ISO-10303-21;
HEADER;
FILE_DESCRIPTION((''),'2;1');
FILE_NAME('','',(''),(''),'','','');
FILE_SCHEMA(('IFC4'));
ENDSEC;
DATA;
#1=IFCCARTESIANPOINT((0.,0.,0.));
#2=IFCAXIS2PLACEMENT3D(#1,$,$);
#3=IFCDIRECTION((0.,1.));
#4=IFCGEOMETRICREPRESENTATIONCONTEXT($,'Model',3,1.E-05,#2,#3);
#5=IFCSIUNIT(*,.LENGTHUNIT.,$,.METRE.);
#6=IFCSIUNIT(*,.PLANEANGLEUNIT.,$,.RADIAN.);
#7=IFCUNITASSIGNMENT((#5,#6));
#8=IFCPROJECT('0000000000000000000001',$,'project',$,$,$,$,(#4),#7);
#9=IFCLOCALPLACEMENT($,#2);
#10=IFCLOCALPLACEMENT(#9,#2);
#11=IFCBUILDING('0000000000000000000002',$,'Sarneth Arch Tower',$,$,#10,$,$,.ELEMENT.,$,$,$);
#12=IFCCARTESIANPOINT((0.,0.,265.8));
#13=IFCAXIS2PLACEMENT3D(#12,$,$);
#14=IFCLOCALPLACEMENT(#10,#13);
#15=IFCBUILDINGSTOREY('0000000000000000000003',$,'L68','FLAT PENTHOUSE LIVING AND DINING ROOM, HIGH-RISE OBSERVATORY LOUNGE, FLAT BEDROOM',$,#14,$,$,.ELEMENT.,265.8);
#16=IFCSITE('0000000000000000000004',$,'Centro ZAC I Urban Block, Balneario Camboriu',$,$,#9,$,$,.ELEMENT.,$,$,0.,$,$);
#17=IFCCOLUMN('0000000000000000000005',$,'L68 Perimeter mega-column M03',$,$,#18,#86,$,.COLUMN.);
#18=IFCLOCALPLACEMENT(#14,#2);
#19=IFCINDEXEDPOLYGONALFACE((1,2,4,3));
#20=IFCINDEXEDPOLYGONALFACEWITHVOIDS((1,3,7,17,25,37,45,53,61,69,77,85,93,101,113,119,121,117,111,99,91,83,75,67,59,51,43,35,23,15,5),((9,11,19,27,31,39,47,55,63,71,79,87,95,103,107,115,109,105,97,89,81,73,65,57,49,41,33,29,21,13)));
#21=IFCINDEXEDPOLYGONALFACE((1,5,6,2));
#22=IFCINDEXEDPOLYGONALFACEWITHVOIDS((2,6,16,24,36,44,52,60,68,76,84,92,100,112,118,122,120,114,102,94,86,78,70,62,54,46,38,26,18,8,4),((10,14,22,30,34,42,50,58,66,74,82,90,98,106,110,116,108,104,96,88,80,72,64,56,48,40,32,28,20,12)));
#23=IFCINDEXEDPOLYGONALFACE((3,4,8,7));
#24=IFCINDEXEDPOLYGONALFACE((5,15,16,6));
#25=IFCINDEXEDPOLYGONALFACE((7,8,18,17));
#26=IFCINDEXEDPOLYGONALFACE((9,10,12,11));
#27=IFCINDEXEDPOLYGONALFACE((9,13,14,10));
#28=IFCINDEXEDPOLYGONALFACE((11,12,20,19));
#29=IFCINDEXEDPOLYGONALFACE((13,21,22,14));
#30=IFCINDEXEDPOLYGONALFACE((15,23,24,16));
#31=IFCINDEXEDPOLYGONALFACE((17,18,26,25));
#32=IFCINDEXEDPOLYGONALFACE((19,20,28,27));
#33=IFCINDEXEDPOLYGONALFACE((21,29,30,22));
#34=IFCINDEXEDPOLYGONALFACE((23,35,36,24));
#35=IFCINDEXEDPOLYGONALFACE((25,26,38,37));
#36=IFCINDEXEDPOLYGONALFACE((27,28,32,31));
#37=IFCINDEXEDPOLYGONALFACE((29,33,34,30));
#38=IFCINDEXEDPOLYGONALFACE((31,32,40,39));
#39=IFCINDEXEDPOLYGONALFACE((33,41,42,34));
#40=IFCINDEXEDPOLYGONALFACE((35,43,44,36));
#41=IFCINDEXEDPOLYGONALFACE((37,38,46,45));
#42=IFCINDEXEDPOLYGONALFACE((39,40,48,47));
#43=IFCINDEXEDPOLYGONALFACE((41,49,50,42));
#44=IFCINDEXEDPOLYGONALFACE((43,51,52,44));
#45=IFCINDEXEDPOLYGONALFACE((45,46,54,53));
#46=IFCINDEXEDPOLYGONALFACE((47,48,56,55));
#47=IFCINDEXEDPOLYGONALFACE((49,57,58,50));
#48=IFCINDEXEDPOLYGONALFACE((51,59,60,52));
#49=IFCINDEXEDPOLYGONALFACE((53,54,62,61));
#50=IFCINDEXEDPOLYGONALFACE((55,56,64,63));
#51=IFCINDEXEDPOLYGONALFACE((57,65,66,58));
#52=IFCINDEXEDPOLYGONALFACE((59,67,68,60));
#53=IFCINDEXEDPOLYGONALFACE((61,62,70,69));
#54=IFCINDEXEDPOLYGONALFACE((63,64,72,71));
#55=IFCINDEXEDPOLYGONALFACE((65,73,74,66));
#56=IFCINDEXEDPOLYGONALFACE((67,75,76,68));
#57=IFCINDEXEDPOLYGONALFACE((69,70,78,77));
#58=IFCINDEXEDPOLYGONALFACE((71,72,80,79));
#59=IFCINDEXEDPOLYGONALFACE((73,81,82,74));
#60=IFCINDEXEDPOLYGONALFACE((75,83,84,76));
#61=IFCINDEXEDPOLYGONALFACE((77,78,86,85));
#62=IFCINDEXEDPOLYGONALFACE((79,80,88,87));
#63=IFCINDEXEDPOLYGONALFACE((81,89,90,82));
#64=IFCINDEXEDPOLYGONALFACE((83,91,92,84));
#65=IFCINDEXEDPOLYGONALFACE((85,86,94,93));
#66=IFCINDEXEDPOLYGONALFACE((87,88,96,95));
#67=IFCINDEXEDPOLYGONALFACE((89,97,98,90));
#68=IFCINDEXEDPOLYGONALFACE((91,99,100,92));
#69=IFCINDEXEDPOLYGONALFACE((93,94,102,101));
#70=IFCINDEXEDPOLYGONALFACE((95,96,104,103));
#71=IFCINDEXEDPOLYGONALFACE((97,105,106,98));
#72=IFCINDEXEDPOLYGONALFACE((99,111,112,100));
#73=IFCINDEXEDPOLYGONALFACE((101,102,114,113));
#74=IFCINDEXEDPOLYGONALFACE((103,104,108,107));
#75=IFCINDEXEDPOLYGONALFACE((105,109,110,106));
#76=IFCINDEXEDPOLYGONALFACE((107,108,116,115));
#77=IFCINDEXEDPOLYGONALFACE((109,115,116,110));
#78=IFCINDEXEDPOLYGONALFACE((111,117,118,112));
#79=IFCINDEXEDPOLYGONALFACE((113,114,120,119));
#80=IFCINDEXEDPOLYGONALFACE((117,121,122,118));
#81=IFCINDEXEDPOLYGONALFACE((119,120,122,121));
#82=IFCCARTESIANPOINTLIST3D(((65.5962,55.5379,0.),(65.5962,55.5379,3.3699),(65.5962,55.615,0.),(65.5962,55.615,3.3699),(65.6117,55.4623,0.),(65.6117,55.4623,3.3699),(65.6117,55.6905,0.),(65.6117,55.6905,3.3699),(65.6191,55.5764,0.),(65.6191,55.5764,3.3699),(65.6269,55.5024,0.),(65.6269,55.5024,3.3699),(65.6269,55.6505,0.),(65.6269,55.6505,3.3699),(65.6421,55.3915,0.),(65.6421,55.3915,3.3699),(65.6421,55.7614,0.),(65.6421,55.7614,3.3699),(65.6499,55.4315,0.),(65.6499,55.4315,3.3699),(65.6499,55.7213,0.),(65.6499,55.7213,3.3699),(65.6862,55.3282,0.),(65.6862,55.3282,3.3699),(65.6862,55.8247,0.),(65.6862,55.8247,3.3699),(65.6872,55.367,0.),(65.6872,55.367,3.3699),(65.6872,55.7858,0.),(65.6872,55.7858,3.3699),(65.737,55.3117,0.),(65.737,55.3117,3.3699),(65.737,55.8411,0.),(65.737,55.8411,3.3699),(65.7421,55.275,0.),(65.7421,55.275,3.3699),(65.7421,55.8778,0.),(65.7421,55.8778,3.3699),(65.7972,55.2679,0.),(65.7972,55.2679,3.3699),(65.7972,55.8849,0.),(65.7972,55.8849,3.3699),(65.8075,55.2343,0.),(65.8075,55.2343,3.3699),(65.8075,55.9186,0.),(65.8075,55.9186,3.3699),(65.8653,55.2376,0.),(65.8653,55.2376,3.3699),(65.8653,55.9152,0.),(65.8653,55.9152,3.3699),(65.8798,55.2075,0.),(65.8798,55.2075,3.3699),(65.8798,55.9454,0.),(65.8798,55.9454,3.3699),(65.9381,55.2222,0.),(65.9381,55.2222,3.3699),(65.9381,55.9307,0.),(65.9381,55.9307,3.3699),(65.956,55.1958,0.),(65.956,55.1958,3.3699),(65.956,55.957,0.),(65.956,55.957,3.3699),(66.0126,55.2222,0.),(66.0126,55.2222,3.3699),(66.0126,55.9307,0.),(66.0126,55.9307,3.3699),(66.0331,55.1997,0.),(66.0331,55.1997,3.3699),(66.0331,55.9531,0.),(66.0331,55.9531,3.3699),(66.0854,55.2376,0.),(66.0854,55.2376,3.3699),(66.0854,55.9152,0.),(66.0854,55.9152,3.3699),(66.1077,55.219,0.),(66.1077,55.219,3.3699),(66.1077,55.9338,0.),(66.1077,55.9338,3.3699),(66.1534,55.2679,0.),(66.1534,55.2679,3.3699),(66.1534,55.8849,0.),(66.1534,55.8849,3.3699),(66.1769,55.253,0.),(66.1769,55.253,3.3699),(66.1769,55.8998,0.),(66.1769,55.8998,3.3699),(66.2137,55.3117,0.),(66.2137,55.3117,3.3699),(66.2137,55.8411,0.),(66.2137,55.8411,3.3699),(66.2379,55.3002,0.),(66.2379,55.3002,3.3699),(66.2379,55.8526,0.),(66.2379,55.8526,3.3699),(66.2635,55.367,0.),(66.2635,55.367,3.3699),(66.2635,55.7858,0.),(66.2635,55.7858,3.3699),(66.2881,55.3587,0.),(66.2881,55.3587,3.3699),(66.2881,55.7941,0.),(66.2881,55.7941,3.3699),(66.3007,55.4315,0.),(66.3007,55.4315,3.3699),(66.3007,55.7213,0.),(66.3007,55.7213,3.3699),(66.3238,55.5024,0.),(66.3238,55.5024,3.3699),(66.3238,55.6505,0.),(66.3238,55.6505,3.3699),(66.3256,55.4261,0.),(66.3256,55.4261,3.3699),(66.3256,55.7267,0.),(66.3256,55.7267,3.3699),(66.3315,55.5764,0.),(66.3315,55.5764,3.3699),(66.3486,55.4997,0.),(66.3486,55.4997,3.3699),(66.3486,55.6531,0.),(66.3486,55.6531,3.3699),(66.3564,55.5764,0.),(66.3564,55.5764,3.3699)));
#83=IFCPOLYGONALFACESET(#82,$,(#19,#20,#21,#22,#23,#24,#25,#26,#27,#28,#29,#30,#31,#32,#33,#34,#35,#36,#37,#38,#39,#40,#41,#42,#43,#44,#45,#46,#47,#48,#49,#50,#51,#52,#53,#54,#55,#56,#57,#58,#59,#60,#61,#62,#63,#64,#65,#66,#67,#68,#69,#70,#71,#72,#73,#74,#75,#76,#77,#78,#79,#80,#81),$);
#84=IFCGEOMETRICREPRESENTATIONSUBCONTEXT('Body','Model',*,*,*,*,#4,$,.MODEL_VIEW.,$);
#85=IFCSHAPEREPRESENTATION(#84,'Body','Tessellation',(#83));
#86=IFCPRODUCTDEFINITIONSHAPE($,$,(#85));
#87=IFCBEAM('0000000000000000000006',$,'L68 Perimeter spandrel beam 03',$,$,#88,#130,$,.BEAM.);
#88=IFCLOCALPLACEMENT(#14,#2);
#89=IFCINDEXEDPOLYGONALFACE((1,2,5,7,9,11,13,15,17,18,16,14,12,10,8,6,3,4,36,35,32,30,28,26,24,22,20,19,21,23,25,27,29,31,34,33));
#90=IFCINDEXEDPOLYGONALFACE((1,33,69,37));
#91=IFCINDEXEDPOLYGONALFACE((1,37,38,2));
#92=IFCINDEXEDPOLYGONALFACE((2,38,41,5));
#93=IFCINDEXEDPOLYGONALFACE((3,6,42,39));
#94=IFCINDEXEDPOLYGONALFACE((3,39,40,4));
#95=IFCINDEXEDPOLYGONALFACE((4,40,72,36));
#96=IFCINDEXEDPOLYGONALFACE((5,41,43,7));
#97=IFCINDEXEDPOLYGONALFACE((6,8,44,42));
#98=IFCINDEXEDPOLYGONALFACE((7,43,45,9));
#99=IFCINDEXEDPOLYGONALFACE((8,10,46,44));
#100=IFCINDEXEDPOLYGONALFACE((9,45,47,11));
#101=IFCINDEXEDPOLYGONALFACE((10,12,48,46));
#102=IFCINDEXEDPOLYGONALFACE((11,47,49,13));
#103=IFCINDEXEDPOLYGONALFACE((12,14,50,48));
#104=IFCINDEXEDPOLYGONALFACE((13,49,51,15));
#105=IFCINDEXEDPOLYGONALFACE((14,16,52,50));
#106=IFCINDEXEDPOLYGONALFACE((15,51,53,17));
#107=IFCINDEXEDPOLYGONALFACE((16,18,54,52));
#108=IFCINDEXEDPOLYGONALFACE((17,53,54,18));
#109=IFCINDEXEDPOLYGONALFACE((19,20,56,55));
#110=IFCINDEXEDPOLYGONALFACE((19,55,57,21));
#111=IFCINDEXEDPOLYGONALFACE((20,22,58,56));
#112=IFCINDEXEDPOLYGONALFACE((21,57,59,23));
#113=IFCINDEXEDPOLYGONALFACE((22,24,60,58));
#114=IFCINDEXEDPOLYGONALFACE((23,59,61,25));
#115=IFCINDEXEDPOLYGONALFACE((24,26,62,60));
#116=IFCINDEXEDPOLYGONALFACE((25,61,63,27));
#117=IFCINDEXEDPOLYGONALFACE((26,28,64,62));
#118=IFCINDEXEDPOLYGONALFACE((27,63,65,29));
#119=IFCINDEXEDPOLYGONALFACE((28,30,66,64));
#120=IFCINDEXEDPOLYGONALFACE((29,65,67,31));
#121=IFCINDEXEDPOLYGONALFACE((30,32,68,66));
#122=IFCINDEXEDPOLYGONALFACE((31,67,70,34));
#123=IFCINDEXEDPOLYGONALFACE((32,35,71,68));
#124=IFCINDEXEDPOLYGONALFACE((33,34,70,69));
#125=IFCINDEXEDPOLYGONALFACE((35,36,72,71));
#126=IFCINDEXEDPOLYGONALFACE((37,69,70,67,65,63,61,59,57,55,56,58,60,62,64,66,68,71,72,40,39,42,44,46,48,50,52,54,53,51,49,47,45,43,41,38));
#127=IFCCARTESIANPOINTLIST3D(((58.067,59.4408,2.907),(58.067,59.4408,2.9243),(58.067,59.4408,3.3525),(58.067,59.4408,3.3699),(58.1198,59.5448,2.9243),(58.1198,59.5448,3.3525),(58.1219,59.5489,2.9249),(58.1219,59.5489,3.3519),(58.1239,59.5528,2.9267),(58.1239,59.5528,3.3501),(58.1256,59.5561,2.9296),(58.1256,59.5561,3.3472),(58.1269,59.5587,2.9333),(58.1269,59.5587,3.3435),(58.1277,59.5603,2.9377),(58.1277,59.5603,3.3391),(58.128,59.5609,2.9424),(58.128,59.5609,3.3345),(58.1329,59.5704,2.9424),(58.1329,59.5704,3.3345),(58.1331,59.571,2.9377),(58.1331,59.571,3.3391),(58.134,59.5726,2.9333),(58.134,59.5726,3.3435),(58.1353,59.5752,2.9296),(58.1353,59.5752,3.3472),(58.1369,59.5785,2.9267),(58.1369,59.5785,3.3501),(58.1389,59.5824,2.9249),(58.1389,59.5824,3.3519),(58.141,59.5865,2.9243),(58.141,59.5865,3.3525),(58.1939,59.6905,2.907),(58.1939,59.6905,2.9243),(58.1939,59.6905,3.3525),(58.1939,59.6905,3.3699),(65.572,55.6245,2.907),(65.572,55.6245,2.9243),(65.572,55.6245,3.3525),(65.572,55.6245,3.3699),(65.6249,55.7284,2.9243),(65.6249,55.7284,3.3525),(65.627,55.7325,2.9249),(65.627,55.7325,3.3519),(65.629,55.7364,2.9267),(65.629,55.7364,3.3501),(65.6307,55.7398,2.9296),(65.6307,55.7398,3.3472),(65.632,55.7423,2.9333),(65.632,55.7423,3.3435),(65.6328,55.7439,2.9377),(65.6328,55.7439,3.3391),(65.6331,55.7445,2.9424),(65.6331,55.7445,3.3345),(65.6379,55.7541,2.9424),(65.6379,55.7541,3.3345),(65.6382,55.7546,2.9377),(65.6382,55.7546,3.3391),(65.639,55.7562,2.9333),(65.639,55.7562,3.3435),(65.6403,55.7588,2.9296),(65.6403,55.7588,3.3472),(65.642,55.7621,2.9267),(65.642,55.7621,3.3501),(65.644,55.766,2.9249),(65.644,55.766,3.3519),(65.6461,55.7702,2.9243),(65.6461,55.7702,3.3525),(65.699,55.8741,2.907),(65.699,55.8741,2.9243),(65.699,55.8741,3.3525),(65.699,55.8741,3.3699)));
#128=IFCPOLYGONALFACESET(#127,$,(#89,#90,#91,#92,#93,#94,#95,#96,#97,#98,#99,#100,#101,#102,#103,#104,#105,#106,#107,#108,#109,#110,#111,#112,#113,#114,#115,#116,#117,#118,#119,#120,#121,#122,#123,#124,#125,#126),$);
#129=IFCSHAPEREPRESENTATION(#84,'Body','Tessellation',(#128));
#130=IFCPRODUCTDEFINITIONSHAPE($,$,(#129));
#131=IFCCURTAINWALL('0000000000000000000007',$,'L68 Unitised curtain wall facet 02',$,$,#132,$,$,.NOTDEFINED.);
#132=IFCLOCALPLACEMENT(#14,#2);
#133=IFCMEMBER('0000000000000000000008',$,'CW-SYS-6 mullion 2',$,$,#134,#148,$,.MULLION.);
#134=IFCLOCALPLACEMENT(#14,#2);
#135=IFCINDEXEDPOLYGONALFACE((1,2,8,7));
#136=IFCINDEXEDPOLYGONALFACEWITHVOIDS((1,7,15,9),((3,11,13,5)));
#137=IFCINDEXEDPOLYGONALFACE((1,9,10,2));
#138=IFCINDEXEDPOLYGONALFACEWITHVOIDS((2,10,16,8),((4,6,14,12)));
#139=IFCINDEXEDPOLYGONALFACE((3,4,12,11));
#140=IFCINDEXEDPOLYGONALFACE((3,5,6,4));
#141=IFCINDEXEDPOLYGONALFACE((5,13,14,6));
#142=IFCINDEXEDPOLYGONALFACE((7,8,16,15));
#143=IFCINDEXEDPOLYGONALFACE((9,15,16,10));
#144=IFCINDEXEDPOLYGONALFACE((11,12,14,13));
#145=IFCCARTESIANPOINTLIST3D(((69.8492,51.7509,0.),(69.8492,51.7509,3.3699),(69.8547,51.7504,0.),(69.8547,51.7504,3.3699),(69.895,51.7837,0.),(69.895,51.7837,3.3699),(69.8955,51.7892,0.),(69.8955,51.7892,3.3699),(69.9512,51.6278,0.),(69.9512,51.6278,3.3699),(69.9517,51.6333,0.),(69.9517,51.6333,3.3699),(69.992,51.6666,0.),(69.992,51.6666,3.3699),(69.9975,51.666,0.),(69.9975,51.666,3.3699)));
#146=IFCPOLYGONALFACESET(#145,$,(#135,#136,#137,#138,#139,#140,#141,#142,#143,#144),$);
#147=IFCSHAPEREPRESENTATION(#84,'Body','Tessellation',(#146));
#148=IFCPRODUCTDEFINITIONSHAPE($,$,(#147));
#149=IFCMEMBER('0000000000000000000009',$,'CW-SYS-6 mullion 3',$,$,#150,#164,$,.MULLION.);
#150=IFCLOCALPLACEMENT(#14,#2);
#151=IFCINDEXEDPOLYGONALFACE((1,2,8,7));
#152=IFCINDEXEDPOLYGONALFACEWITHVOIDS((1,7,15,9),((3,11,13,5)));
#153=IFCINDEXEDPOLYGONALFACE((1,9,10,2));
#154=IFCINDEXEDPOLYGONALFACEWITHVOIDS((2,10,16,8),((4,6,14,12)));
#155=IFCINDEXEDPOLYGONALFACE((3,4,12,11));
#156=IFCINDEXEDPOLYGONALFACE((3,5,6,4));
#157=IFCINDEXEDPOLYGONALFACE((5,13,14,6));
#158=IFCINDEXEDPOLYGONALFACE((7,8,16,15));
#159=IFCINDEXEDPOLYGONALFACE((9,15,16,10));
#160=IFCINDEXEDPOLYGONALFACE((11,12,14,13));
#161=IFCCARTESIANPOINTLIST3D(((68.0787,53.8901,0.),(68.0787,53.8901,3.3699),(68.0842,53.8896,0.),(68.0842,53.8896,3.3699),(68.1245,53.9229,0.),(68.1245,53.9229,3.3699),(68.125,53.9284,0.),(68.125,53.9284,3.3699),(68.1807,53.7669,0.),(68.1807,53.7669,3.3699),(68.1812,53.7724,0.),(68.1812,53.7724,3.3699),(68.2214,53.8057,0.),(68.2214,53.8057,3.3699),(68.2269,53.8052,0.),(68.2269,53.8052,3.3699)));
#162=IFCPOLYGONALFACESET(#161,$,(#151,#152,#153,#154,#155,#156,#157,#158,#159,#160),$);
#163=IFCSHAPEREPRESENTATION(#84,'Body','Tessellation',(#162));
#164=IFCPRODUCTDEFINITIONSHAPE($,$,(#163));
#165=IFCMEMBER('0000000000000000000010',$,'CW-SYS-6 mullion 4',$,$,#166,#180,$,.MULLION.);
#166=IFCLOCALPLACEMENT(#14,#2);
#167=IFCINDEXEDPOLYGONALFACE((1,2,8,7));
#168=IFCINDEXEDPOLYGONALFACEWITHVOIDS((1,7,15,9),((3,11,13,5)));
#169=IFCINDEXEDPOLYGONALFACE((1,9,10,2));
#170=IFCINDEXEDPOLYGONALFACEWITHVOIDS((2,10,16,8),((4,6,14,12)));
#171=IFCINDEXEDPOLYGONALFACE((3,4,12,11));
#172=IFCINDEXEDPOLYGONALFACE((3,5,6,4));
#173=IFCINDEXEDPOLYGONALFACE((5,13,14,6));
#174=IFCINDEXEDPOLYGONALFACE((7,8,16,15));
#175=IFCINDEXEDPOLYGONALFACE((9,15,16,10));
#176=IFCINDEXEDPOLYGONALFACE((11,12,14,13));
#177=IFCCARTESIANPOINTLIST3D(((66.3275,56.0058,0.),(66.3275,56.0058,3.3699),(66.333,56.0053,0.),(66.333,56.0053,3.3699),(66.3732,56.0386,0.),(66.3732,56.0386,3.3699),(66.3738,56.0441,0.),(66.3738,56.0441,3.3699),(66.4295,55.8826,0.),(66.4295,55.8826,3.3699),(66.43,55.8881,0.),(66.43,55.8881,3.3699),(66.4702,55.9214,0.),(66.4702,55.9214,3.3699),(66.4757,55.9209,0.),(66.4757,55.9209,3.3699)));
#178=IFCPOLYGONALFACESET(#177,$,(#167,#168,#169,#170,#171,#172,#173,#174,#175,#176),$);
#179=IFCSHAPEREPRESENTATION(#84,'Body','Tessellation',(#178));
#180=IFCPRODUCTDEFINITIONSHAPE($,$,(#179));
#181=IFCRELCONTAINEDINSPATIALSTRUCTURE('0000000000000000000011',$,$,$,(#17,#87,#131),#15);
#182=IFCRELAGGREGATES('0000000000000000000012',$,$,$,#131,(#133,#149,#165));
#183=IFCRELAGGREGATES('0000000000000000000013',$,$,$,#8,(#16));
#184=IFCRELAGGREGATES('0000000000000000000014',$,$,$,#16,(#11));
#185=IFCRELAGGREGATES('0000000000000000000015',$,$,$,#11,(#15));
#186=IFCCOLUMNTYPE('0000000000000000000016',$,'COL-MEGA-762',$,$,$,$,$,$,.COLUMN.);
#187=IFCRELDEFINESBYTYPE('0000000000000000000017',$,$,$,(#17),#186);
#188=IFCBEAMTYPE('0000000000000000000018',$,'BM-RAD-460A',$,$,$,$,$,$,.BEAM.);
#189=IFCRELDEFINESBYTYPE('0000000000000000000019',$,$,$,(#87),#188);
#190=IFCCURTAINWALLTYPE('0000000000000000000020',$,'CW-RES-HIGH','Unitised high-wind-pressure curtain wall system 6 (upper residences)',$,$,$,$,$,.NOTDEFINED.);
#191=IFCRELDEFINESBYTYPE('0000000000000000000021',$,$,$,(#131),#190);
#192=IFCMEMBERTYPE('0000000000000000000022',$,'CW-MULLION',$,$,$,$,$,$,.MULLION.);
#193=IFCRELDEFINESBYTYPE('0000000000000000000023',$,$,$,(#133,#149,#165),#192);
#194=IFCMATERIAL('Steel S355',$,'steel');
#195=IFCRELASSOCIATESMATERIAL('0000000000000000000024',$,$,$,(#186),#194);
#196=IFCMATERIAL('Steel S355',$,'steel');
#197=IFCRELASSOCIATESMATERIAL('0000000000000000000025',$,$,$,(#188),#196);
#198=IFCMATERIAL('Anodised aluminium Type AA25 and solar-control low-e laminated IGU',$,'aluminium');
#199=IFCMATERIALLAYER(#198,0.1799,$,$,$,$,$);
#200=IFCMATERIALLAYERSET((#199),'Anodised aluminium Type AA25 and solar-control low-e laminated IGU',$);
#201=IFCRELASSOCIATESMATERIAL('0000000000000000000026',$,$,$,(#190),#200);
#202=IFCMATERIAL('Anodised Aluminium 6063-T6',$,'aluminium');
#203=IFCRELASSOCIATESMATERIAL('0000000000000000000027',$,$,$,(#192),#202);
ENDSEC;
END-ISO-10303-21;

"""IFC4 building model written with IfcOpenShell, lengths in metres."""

from ifc_helpers import new_model, si_unit, direction, frame, origin, origin_2d, place, context, subcontext, project, spatial, hollow_rectangle, hollow_circle, i_section, extrude, material, layer, layer_set, material_profile, profile_set, type_object, element, aggregate, save


model = new_model("IFC4")

# Units and contexts
model_context = context("Model", 3, precision=1e-05, world=origin(), true_north=direction((0.0, 1.0)))
body_context = subcontext(model_context, "Body", "Model", "MODEL_VIEW")
ifc_project = project(units=[si_unit("LENGTHUNIT", "METRE"), si_unit("PLANEANGLEUNIT", "RADIAN")], contexts=[model_context])

# Site, building, storey
site_placement = place(None, origin())
site = spatial("IfcSite", under=ifc_project, at=site_placement, Name="Centro ZAC I Urban Block, Balneario Camboriu", CompositionType="ELEMENT", RefElevation=0.0)
building_placement = place(site_placement, origin())
building = spatial("IfcBuilding", under=site, at=building_placement, Name="Sarneth Arch Tower", CompositionType="ELEMENT")
storey_placement = place(building_placement, frame((0.0, 0.0, 265.8)))
storey = spatial("IfcBuildingStorey", under=building, at=storey_placement, Name="L68", Description="FLAT PENTHOUSE LIVING AND DINING ROOM, HIGH-RISE OBSERVATORY LOUNGE, FLAT BEDROOM", CompositionType="ELEMENT", Elevation=265.8)

# Column
ifc_material_1 = material(Name="Steel S355", Category="steel")
ifc_material_profile_1 = material_profile(ifc_material_1, hollow_circle(Radius=0.3811, WallThickness=0.0249, at=origin_2d()), Name="CHS762x25")
ifc_profile_set_1 = profile_set([ifc_material_profile_1], Name="Steel S355")
column_type = type_object("IfcColumnType", Name="COL-MEGA-762", PredefinedType="COLUMN", material=ifc_profile_set_1)
column_placement = place(storey_placement, frame((65.9753, 55.5764, 0.0), z_axis=(0.0, 0.0, 1.0), x_axis=(1.0, 0.0, 0.0)))
element("IfcColumn", 1, at=column_placement, inside=storey, type_object=column_type, Name="L68 Perimeter mega-column M03", PredefinedType="COLUMN", context=body_context, shape_type="SweptSolid", body=[
    extrude(hollow_circle(Radius=0.3811, WallThickness=0.0249, at=origin_2d()), origin(), (0.0, 0.0, 1.0), 3.3699),
])

# Beam
ifc_material_2 = material(Name="Steel S355", Category="steel")
ifc_material_profile_2 = material_profile(ifc_material_2, i_section(OverallWidth=0.28, OverallDepth=0.4629, WebThickness=0.0107, FlangeThickness=0.0173, FilletRadius=0.0181, at=origin_2d()), Name="W460x113")
ifc_profile_set_2 = profile_set([ifc_material_profile_2], Name="Steel S355")
beam_type = type_object("IfcBeamType", Name="BM-RAD-460A", PredefinedType="BEAM", material=ifc_profile_set_2)
beam_placement = place(storey_placement, frame((65.6355, 55.7493, 3.1384), z_axis=(-0.891374, 0.453269, 0.0), x_axis=(-0.453269, -0.891374, 0.0)))
element("IfcBeam", 2, at=beam_placement, inside=storey, type_object=beam_type, Name="L68 Perimeter spandrel beam 03", PredefinedType="BEAM", context=body_context, shape_type="SweptSolid", body=[
    extrude(i_section(OverallWidth=0.28, OverallDepth=0.4629, WebThickness=0.0107, FlangeThickness=0.0173, FilletRadius=0.0181, at=origin_2d()), origin(), (0.0, 0.0, 1.0), 8.4197),
])

# Curtain wall, members
ifc_material_3 = material(Name="Anodised aluminium Type AA25 and solar-control low-e laminated IGU", Category="aluminium")
ifc_layer_1 = layer(ifc_material_3, 0.1799)
ifc_layer_set_1 = layer_set([ifc_layer_1], Name="Anodised aluminium Type AA25 and solar-control low-e laminated IGU")
curtain_wall_type = type_object("IfcCurtainWallType", Name="CW-RES-HIGH", Description="Unitised high-wind-pressure curtain wall system 6 (upper residences)", PredefinedType="NOTDEFINED", material=ifc_layer_set_1)
curtain_wall_placement = place(storey_placement, origin())
curtain_wall = element("IfcCurtainWall", 3, at=curtain_wall_placement, inside=storey, type_object=curtain_wall_type, Name="L68 Unitised curtain wall facet 02", PredefinedType="NOTDEFINED")
ifc_material_4 = material(Name="Anodised Aluminium 6063-T6", Category="aluminium")
ifc_material_profile_3 = material_profile(ifc_material_4, hollow_rectangle(XDim=0.0601, YDim=0.1599, WallThickness=0.0039, at=origin_2d()), Name="AL-MULL-160x60x4")
ifc_profile_set_3 = profile_set([ifc_material_profile_3], Name="Anodised Aluminium 6063-T6")
member_type_1 = type_object("IfcMemberType", Name="CW-MULLION", PredefinedType="MULLION", material=ifc_profile_set_3)
member_1_placement = place(storey_placement, frame((69.9233, 51.7085, 0.0), z_axis=(0.0, 0.0, 1.0), x_axis=(-0.770359, -0.63761, 0.0)))
member_1 = element("IfcMember", 4, at=member_1_placement, type_object=member_type_1, Name="CW-SYS-6 mullion 2", PredefinedType="MULLION", context=body_context, shape_type="SweptSolid", body=[
    extrude(hollow_rectangle(XDim=0.0601, YDim=0.1599, WallThickness=0.0039, at=origin_2d()), origin(), (0.0, 0.0, 1.0), 3.3699),
])
member_2_placement = place(storey_placement, frame((68.1528, 53.8477, 0.0), z_axis=(0.0, 0.0, 1.0), x_axis=(-0.770359, -0.63761, 0.0)))
member_2 = element("IfcMember", 5, at=member_2_placement, type_object=member_type_1, Name="CW-SYS-6 mullion 3", PredefinedType="MULLION", context=body_context, shape_type="SweptSolid", body=[
    extrude(hollow_rectangle(XDim=0.0601, YDim=0.1599, WallThickness=0.0039, at=origin_2d()), origin(), (0.0, 0.0, 1.0), 3.3699),
])
member_3_placement = place(storey_placement, frame((66.4016, 55.9634, 0.0), z_axis=(0.0, 0.0, 1.0), x_axis=(-0.770359, -0.63761, 0.0)))
member_3 = element("IfcMember", 6, at=member_3_placement, type_object=member_type_1, Name="CW-SYS-6 mullion 4", PredefinedType="MULLION", context=body_context, shape_type="SweptSolid", body=[
    extrude(hollow_rectangle(XDim=0.0601, YDim=0.1599, WallThickness=0.0039, at=origin_2d()), origin(), (0.0, 0.0, 1.0), 3.3699),
])

aggregate(curtain_wall, [member_1, member_2, member_3])

save(model, "model.ifc")
